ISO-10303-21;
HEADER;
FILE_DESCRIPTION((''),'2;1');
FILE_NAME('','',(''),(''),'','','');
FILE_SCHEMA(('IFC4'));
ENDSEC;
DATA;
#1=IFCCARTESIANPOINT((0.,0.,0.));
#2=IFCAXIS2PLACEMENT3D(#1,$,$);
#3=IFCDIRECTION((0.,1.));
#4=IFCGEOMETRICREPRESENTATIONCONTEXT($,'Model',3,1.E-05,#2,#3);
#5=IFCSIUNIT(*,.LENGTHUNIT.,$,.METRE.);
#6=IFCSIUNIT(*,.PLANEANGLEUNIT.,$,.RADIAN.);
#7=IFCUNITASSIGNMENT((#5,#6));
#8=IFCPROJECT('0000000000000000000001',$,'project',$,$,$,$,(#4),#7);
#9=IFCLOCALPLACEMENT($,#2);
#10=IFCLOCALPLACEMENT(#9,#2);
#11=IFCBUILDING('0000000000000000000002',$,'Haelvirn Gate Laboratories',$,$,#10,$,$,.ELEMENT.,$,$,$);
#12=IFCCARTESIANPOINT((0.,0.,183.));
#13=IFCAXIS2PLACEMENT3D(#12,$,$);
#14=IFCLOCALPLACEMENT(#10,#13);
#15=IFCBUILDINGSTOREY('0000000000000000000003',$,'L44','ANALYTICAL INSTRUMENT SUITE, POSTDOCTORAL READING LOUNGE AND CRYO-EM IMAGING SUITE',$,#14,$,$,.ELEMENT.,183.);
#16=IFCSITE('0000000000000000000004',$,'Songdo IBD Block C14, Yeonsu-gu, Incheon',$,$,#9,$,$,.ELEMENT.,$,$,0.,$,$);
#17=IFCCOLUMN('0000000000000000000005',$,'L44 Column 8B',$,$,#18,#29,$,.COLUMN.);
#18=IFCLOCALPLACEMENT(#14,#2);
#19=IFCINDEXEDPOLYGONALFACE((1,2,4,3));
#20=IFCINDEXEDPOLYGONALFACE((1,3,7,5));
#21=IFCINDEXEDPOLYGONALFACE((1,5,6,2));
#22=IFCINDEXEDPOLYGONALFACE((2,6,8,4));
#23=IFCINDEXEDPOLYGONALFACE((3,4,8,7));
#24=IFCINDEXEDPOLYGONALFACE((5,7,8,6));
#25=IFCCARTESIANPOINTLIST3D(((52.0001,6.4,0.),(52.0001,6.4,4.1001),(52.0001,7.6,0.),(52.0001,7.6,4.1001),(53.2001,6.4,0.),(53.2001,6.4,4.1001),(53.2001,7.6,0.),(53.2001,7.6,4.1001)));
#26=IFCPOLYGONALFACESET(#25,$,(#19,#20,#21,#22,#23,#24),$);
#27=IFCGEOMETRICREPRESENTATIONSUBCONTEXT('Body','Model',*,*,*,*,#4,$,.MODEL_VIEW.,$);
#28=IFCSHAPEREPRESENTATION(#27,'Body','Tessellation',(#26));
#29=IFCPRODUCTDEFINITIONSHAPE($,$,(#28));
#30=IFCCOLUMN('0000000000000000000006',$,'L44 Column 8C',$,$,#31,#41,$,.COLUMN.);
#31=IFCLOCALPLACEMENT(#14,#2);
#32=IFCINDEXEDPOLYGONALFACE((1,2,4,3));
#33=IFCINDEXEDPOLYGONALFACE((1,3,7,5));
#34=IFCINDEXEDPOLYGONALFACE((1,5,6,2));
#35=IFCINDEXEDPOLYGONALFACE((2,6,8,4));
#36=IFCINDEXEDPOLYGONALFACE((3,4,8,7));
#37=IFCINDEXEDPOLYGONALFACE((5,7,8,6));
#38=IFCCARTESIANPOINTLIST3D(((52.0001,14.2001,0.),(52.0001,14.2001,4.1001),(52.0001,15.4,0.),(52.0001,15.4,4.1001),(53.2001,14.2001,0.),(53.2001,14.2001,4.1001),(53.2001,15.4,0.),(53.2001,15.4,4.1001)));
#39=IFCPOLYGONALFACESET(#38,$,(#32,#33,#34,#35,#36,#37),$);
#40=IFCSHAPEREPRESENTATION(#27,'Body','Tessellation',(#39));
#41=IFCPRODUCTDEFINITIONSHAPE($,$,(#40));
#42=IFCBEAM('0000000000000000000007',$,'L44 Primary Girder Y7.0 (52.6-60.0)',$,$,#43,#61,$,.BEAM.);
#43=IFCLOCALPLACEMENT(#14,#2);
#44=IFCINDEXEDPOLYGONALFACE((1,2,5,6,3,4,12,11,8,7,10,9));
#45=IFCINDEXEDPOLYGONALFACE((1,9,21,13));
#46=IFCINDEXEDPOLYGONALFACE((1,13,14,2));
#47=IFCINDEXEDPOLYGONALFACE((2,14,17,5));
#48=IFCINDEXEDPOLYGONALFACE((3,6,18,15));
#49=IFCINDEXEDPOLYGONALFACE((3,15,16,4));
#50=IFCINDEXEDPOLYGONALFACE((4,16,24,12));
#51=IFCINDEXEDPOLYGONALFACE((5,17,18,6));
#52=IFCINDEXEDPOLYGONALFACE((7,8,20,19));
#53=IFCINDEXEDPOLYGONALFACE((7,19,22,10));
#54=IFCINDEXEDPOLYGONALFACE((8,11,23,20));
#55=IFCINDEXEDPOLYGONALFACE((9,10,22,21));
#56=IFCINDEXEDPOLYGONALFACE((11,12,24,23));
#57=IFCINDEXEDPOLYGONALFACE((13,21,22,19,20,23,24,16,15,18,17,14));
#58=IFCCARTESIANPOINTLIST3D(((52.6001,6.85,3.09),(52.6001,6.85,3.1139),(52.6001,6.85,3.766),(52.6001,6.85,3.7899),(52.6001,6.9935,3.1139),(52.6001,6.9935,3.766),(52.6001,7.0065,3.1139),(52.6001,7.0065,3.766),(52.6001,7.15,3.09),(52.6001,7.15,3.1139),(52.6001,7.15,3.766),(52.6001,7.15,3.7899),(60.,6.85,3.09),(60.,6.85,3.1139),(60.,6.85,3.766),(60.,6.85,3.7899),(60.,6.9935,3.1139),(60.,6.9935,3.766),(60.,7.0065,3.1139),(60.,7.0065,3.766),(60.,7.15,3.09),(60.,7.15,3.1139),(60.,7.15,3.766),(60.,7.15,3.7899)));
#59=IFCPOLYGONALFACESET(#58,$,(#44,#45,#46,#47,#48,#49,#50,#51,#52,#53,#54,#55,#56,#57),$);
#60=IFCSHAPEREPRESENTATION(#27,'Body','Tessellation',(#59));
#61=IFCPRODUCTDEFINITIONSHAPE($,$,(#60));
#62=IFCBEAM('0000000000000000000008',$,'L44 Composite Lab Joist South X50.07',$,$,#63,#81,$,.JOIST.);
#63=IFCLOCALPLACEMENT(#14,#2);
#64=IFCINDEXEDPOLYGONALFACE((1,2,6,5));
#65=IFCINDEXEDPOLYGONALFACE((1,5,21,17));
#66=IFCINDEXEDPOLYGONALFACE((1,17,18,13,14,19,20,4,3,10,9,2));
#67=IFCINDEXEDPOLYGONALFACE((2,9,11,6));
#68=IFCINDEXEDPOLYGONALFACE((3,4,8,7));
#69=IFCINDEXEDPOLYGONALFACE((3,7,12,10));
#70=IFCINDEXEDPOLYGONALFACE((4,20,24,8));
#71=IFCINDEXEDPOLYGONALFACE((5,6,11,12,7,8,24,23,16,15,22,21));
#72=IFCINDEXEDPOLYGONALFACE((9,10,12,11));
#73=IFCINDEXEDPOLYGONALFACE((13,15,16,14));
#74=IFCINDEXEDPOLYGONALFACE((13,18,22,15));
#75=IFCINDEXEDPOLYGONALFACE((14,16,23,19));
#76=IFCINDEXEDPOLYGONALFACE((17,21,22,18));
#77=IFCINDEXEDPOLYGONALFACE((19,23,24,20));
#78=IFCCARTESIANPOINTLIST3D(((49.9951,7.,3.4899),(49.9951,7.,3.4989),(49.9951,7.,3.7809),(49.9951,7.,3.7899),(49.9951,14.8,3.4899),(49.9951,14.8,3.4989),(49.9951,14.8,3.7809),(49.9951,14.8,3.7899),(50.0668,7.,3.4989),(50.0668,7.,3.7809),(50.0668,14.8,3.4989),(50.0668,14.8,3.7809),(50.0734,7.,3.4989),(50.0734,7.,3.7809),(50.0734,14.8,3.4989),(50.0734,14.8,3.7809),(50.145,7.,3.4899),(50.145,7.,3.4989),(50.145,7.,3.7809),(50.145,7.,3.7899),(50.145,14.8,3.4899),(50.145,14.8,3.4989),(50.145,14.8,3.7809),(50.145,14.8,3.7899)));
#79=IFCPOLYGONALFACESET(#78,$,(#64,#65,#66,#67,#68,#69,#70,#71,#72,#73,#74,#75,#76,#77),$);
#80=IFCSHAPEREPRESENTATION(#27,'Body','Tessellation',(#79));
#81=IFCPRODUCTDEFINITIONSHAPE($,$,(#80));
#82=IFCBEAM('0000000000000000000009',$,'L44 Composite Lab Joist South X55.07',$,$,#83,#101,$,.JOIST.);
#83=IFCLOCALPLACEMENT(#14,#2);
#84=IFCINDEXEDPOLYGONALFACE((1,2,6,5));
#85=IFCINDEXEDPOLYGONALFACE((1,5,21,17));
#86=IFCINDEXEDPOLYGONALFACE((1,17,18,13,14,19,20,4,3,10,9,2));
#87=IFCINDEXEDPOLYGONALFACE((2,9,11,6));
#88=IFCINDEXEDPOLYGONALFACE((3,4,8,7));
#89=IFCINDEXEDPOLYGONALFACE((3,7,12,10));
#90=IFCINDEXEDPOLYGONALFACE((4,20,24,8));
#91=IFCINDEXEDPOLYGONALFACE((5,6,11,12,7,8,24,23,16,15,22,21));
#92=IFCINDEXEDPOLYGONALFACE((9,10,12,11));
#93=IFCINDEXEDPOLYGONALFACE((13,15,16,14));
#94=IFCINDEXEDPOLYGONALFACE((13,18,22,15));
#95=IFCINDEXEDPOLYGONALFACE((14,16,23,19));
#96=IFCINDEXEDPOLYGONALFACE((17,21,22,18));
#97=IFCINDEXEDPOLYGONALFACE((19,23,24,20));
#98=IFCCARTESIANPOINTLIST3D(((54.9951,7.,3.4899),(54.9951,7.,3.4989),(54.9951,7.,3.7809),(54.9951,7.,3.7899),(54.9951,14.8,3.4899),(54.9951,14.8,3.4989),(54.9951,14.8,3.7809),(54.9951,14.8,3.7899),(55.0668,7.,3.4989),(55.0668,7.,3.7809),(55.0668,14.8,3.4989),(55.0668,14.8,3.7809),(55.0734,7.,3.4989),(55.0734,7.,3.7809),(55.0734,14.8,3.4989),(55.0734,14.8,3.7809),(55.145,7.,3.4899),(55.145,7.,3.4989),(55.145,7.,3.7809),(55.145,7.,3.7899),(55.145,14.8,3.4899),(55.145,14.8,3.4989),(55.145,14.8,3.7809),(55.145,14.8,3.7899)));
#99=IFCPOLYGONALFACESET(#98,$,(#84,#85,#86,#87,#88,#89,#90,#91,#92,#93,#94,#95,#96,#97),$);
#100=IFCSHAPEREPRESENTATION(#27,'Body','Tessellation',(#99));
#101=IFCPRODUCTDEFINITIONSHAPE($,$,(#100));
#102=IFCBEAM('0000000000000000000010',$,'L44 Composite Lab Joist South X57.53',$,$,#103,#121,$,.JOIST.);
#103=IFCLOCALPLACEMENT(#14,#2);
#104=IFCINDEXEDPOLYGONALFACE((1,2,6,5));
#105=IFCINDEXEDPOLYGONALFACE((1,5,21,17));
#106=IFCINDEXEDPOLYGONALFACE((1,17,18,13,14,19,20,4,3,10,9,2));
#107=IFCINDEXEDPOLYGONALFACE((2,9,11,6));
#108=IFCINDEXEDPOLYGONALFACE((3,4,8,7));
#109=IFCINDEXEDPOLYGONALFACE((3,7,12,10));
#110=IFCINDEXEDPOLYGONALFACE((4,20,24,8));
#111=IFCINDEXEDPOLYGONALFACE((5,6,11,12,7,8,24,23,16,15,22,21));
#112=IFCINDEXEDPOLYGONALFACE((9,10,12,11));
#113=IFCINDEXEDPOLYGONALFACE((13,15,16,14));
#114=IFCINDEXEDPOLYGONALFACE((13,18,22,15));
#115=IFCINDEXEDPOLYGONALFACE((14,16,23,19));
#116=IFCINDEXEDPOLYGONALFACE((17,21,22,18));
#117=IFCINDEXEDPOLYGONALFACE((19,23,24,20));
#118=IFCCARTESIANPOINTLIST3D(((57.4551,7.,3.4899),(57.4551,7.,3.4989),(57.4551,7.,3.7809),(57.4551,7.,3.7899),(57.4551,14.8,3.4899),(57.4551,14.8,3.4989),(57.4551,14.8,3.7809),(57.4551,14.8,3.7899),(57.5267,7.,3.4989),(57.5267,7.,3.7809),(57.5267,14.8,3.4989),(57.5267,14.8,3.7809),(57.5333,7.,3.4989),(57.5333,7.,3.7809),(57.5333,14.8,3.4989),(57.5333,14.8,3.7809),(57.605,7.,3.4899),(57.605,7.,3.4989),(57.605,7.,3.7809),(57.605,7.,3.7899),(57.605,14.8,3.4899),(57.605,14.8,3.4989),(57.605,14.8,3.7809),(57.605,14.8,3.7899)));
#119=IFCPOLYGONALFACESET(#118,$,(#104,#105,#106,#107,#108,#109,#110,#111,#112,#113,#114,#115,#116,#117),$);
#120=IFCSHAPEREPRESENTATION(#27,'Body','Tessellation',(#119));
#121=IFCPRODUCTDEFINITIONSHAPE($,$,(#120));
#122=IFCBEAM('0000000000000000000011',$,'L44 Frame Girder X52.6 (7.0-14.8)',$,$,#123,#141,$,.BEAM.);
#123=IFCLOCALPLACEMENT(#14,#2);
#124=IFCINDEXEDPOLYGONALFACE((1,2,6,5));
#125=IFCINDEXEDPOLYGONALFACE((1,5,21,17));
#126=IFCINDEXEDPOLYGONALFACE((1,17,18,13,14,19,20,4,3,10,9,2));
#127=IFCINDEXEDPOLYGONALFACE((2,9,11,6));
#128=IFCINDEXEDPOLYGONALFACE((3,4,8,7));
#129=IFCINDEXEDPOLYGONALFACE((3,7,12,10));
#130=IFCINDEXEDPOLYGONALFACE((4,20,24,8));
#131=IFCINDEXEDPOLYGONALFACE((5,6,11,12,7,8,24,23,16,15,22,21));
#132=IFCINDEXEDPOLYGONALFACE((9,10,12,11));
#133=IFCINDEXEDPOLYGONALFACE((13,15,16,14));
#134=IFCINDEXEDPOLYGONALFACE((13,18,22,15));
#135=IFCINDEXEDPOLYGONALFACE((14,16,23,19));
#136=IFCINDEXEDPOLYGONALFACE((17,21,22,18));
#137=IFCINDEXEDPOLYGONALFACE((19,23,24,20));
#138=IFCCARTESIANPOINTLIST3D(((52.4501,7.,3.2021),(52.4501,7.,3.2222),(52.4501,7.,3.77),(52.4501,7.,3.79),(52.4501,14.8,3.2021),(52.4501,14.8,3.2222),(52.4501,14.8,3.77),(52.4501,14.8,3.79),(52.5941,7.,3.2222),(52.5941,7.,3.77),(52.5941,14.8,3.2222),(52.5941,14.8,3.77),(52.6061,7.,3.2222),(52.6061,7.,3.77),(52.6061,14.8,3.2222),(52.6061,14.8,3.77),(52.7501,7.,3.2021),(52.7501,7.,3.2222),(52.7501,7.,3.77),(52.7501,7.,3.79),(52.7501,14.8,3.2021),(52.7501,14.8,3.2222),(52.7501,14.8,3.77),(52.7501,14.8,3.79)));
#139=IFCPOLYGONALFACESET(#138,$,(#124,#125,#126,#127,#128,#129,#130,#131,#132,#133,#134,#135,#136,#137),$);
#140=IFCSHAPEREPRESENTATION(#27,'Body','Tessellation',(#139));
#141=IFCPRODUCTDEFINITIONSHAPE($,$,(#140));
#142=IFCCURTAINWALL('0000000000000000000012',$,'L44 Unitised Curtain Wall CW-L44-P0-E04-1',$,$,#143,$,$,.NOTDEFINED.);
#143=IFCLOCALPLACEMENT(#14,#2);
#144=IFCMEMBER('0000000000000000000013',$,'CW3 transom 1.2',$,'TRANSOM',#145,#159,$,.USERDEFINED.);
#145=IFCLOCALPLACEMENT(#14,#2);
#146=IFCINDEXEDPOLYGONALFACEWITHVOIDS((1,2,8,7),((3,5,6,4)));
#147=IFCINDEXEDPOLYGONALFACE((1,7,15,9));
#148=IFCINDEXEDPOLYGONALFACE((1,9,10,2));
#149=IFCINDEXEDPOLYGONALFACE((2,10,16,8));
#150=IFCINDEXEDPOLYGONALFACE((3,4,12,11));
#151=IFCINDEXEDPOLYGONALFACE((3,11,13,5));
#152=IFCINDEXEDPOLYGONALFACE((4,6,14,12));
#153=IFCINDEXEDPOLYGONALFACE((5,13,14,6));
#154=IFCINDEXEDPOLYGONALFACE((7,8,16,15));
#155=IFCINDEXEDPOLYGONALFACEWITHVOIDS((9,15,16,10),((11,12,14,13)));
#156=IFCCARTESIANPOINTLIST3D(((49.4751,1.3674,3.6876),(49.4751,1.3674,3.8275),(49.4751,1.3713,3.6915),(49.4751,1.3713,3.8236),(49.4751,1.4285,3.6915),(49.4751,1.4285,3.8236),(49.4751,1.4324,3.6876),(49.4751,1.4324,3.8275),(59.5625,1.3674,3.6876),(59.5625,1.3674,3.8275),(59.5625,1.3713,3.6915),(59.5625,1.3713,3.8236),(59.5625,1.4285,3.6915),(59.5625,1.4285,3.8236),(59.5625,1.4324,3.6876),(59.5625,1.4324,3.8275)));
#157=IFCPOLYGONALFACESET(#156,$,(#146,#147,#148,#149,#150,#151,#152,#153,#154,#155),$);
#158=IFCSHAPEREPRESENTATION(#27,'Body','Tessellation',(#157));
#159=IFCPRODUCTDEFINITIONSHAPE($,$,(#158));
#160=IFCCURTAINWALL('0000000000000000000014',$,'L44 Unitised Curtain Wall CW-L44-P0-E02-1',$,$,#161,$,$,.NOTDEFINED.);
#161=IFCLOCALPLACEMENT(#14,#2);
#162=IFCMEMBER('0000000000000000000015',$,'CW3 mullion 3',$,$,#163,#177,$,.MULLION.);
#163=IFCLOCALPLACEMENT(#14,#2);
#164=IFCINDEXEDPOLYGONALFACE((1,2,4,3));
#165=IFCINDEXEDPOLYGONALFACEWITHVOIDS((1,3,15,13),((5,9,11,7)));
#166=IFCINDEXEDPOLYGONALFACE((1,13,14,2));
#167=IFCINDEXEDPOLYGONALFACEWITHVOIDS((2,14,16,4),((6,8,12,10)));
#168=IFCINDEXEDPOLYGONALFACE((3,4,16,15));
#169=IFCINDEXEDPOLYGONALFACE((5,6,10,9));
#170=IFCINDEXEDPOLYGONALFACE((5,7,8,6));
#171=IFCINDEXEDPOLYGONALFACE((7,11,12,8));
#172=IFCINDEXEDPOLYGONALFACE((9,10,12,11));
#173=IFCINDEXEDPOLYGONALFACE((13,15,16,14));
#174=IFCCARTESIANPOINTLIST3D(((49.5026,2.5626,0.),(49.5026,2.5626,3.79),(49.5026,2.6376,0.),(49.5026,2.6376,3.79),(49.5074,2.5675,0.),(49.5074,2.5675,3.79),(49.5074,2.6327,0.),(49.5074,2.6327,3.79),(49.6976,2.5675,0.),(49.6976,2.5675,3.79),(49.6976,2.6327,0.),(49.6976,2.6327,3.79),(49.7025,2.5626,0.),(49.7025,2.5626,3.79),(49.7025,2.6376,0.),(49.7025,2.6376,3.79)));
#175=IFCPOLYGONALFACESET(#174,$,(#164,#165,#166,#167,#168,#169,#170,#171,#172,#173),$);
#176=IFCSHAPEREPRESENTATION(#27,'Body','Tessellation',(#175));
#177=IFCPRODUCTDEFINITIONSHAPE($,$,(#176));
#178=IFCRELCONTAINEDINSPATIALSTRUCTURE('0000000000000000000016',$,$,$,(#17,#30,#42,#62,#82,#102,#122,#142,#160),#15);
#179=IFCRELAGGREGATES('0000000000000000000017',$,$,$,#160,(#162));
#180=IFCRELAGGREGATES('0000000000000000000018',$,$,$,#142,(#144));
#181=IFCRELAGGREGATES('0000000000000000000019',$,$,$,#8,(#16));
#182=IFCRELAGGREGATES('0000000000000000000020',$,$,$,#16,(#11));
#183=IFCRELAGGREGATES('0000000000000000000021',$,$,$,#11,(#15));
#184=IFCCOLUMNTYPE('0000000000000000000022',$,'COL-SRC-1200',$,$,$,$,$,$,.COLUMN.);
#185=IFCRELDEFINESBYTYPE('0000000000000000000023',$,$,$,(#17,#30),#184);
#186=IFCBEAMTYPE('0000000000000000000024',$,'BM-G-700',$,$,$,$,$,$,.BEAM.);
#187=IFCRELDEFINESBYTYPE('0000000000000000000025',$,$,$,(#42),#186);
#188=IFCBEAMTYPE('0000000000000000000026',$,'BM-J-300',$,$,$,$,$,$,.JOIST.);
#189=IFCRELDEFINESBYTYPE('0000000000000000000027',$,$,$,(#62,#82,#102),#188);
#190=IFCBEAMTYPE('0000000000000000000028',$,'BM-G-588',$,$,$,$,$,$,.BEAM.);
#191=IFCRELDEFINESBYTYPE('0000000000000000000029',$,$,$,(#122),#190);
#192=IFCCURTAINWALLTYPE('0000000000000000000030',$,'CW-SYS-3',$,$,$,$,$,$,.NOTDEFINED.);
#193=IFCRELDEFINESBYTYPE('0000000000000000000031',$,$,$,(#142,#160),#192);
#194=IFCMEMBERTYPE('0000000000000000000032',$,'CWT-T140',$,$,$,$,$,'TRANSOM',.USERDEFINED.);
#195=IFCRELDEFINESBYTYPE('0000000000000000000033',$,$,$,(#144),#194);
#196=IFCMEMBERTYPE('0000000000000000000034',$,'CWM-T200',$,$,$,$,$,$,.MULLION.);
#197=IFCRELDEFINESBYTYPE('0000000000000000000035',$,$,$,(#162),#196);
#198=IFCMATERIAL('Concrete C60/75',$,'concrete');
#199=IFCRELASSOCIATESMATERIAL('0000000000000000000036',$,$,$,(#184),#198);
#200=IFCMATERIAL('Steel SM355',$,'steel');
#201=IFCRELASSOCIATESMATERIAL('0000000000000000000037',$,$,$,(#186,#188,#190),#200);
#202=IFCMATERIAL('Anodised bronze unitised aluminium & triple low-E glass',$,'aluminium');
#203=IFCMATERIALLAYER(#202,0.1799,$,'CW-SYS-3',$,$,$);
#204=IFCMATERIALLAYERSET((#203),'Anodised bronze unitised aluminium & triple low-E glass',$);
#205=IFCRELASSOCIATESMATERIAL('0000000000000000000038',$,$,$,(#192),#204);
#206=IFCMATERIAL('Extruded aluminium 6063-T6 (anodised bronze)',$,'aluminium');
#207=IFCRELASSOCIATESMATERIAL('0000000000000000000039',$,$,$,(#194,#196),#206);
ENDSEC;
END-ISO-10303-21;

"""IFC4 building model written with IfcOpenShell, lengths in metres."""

from ifc_helpers import new_model, si_unit, direction, frame, origin, origin_2d, place, context, subcontext, project, spatial, rectangle, hollow_rectangle, i_section, extrude, source, transform, mapped, material, layer, layer_set, material_profile, profile_set, type_object, type_shapes, element, aggregate, save


model = new_model("IFC4")

# Units and contexts
model_context = context("Model", 3, precision=1e-05, world=origin(), true_north=direction((0.0, 1.0)))
body_context = subcontext(model_context, "Body", "Model", "MODEL_VIEW")
ifc_project = project(units=[si_unit("LENGTHUNIT", "METRE"), si_unit("PLANEANGLEUNIT", "RADIAN")], contexts=[model_context])

# Site, building, storey
site_placement = place(None, origin())
site = spatial("IfcSite", under=ifc_project, at=site_placement, Name="Songdo IBD Block C14, Yeonsu-gu, Incheon", CompositionType="ELEMENT", RefElevation=0.0)
building_placement = place(site_placement, origin())
building = spatial("IfcBuilding", under=site, at=building_placement, Name="Haelvirn Gate Laboratories", CompositionType="ELEMENT")
storey_placement = place(building_placement, frame((0.0, 0.0, 183.0)))
storey = spatial("IfcBuildingStorey", under=building, at=storey_placement, Name="L44", Description="ANALYTICAL INSTRUMENT SUITE, POSTDOCTORAL READING LOUNGE AND CRYO-EM IMAGING SUITE", CompositionType="ELEMENT", Elevation=183.0)

# Columns
ifc_material_1 = material(Name="Concrete C60/75", Category="concrete")
ifc_material_profile_1 = material_profile(ifc_material_1, rectangle(XDim=1.2, YDim=1.2, at=origin_2d()), Name="SRC-1200x1200")
ifc_profile_set_1 = profile_set([ifc_material_profile_1], Name="Concrete C60/75")
column_type = type_object("IfcColumnType", Name="COL-SRC-1200", PredefinedType="COLUMN", material=ifc_profile_set_1)
shared_shape_1 = source(origin(), body_context, "Body", "SweptSolid", [
    extrude(rectangle(XDim=1.2, YDim=1.2, at=origin_2d()), origin(), (0.0, 0.0, 1.0), 4.1001),
])
type_shapes(column_type, [shared_shape_1])
for number, where, z_axis, x_axis, name in (
    (1, (52.6001, 7.0, 0.0), (0.0, 0.0, 1.0), (1.0, 0.0, 0.0), "L44 Column 8B"),
    (2, (52.6001, 14.8, 0.0), (0.0, 0.0, 1.0), (1.0, 0.0, 0.0), "L44 Column 8C"),
):
    element("IfcColumn", number, at=place(storey_placement, frame(where, z_axis=z_axis, x_axis=x_axis)), inside=storey, type_object=column_type, Name=name, PredefinedType="COLUMN", context=body_context, shape_type="MappedRepresentation", body=[
        mapped(shared_shape_1, transform((0.0, 0.0, 0.0), scale=1.0)),
    ])

# Beams
ifc_material_2 = material(Name="Steel SM355", Category="steel")
ifc_material_profile_2 = material_profile(ifc_material_2, i_section(OverallWidth=0.3, OverallDepth=0.7, WebThickness=0.0129, FlangeThickness=0.0239, at=origin_2d()), Name="H-700x300x13x24")
ifc_profile_set_2 = profile_set([ifc_material_profile_2], Name="Steel SM355")
beam_type_1 = type_object("IfcBeamType", Name="BM-G-700", PredefinedType="BEAM", material=ifc_profile_set_2)
shared_shape_2 = source(origin(), body_context, "Body", "SweptSolid", [
    extrude(i_section(OverallWidth=0.3, OverallDepth=0.7, WebThickness=0.0129, FlangeThickness=0.0239, at=origin_2d()), origin(), (0.0, 0.0, 1.0), 7.3999),
])
type_shapes(beam_type_1, [shared_shape_2])
beam_1_placement = place(storey_placement, frame((52.6001, 7.0, 3.4399), z_axis=(1.0, 0.0, 0.0), x_axis=(0.0, 1.0, 0.0)))
element("IfcBeam", 3, at=beam_1_placement, inside=storey, type_object=beam_type_1, Name="L44 Primary Girder Y7.0 (52.6-60.0)", PredefinedType="BEAM", context=body_context, shape_type="MappedRepresentation", body=[
    mapped(shared_shape_2, transform((0.0, 0.0, 0.0), scale=1.0)),
])
ifc_material_profile_3 = material_profile(ifc_material_2, i_section(OverallWidth=0.1499, OverallDepth=0.3, WebThickness=0.0066, FlangeThickness=0.009, at=origin_2d()), Name="H-300x150x6.5x9")
ifc_profile_set_3 = profile_set([ifc_material_profile_3], Name="Steel SM355")
beam_type_2 = type_object("IfcBeamType", Name="BM-J-300", PredefinedType="JOIST", material=ifc_profile_set_3)
shared_shape_3 = source(origin(), body_context, "Body", "SweptSolid", [
    extrude(i_section(OverallWidth=0.1499, OverallDepth=0.3, WebThickness=0.0066, FlangeThickness=0.009, at=origin_2d()), origin(), (0.0, 0.0, 1.0), 7.8),
])
type_shapes(beam_type_2, [shared_shape_3])
for number, where, z_axis, x_axis, name in (
    (4, (50.0701, 7.0, 3.6399), (0.0, 1.0, 0.0), (-1.0, 0.0, 0.0), "L44 Composite Lab Joist South X50.07"),
    (5, (55.0701, 7.0, 3.6399), (0.0, 1.0, 0.0), (-1.0, 0.0, 0.0), "L44 Composite Lab Joist South X55.07"),
    (6, (57.53, 7.0, 3.6399), (0.0, 1.0, 0.0), (-1.0, 0.0, 0.0), "L44 Composite Lab Joist South X57.53"),
):
    element("IfcBeam", number, at=place(storey_placement, frame(where, z_axis=z_axis, x_axis=x_axis)), inside=storey, type_object=beam_type_2, Name=name, PredefinedType="JOIST", context=body_context, shape_type="MappedRepresentation", body=[
        mapped(shared_shape_3, transform((0.0, 0.0, 0.0), scale=1.0)),
    ])
ifc_material_profile_4 = material_profile(ifc_material_2, i_section(OverallWidth=0.3, OverallDepth=0.5879, WebThickness=0.012, FlangeThickness=0.02, at=origin_2d()), Name="H-588x300x12x20")
ifc_profile_set_4 = profile_set([ifc_material_profile_4], Name="Steel SM355")
beam_type_3 = type_object("IfcBeamType", Name="BM-G-588", PredefinedType="BEAM", material=ifc_profile_set_4)
shared_shape_4 = source(origin(), body_context, "Body", "SweptSolid", [
    extrude(i_section(OverallWidth=0.3, OverallDepth=0.5879, WebThickness=0.012, FlangeThickness=0.02, at=origin_2d()), origin(), (0.0, 0.0, 1.0), 7.8),
])
type_shapes(beam_type_3, [shared_shape_4])
beam_2_placement = place(storey_placement, frame((52.6001, 7.0, 3.4961), z_axis=(0.0, 1.0, 0.0), x_axis=(-1.0, 0.0, 0.0)))
element("IfcBeam", 7, at=beam_2_placement, inside=storey, type_object=beam_type_3, Name="L44 Frame Girder X52.6 (7.0-14.8)", PredefinedType="BEAM", context=body_context, shape_type="MappedRepresentation", body=[
    mapped(shared_shape_4, transform((0.0, 0.0, 0.0), scale=1.0)),
])

# Curtain walls, members
ifc_material_3 = material(Name="Anodised bronze unitised aluminium & triple low-E glass", Category="aluminium")
ifc_layer_1 = layer(ifc_material_3, 0.1799, Name="CW-SYS-3")
ifc_layer_set_1 = layer_set([ifc_layer_1], Name="Anodised bronze unitised aluminium & triple low-E glass")
curtain_wall_type = type_object("IfcCurtainWallType", Name="CW-SYS-3", PredefinedType="NOTDEFINED", material=ifc_layer_set_1)
curtain_wall_1_placement = place(storey_placement, origin())
curtain_wall_1 = element("IfcCurtainWall", 8, at=curtain_wall_1_placement, inside=storey, type_object=curtain_wall_type, Name="L44 Unitised Curtain Wall CW-L44-P0-E04-1", PredefinedType="NOTDEFINED")
ifc_material_4 = material(Name="Extruded aluminium 6063-T6 (anodised bronze)", Category="aluminium")
ifc_material_profile_5 = material_profile(ifc_material_4, hollow_rectangle(XDim=0.0649, YDim=0.1399, WallThickness=0.0039, at=origin_2d()), Name="CWT-140x65x4")
ifc_profile_set_5 = profile_set([ifc_material_profile_5], Name="Extruded aluminium 6063-T6 (anodised bronze)")
member_type_1 = type_object("IfcMemberType", Name="CWT-T140", ElementType="TRANSOM", PredefinedType="USERDEFINED", material=ifc_profile_set_5)
shared_shape_5 = source(origin(), body_context, "Body", "SweptSolid", [
    extrude(hollow_rectangle(XDim=0.0649, YDim=0.1399, WallThickness=0.0039, at=origin_2d()), origin(), (0.0, 0.0, 1.0), 10.0874),
])
type_shapes(member_type_1, [shared_shape_5])
member_1_placement = place(storey_placement, frame((49.4751, 1.3999, 3.7576), z_axis=(1.0, 0.0, 0.0), x_axis=(0.0, 1.0, 0.0)))
member_1 = element("IfcMember", 9, at=member_1_placement, type_object=member_type_1, Name="CW3 transom 1.2", ObjectType="TRANSOM", PredefinedType="USERDEFINED", context=body_context, shape_type="MappedRepresentation", body=[
    mapped(shared_shape_5, transform((0.0, 0.0, 0.0), scale=1.0)),
])
curtain_wall_2_placement = place(storey_placement, origin())
curtain_wall_2 = element("IfcCurtainWall", 10, at=curtain_wall_2_placement, inside=storey, type_object=curtain_wall_type, Name="L44 Unitised Curtain Wall CW-L44-P0-E02-1", PredefinedType="NOTDEFINED")
ifc_material_profile_6 = material_profile(ifc_material_4, hollow_rectangle(XDim=0.075, YDim=0.2, WallThickness=0.0049, at=origin_2d()), Name="CWM-200x75x5")
ifc_profile_set_6 = profile_set([ifc_material_profile_6], Name="Extruded aluminium 6063-T6 (anodised bronze)")
member_type_2 = type_object("IfcMemberType", Name="CWM-T200", PredefinedType="MULLION", material=ifc_profile_set_6)
shared_shape_6 = source(origin(), body_context, "Body", "SweptSolid", [
    extrude(hollow_rectangle(XDim=0.075, YDim=0.2, WallThickness=0.0049, at=origin_2d()), origin(), (0.0, 0.0, 1.0), 3.79),
])
type_shapes(member_type_2, [shared_shape_6])
member_2_placement = place(storey_placement, frame((49.6025, 2.6001, 0.0), z_axis=(0.0, 0.0, 1.0), x_axis=(0.0, 1.0, 0.0)))
member_2 = element("IfcMember", 11, at=member_2_placement, type_object=member_type_2, Name="CW3 mullion 3", PredefinedType="MULLION", context=body_context, shape_type="MappedRepresentation", body=[
    mapped(shared_shape_6, transform((0.0, 0.0, 0.0), scale=1.0)),
])
aggregate(curtain_wall_2, [member_2])

aggregate(curtain_wall_1, [member_1])

save(model, "model.ifc")
